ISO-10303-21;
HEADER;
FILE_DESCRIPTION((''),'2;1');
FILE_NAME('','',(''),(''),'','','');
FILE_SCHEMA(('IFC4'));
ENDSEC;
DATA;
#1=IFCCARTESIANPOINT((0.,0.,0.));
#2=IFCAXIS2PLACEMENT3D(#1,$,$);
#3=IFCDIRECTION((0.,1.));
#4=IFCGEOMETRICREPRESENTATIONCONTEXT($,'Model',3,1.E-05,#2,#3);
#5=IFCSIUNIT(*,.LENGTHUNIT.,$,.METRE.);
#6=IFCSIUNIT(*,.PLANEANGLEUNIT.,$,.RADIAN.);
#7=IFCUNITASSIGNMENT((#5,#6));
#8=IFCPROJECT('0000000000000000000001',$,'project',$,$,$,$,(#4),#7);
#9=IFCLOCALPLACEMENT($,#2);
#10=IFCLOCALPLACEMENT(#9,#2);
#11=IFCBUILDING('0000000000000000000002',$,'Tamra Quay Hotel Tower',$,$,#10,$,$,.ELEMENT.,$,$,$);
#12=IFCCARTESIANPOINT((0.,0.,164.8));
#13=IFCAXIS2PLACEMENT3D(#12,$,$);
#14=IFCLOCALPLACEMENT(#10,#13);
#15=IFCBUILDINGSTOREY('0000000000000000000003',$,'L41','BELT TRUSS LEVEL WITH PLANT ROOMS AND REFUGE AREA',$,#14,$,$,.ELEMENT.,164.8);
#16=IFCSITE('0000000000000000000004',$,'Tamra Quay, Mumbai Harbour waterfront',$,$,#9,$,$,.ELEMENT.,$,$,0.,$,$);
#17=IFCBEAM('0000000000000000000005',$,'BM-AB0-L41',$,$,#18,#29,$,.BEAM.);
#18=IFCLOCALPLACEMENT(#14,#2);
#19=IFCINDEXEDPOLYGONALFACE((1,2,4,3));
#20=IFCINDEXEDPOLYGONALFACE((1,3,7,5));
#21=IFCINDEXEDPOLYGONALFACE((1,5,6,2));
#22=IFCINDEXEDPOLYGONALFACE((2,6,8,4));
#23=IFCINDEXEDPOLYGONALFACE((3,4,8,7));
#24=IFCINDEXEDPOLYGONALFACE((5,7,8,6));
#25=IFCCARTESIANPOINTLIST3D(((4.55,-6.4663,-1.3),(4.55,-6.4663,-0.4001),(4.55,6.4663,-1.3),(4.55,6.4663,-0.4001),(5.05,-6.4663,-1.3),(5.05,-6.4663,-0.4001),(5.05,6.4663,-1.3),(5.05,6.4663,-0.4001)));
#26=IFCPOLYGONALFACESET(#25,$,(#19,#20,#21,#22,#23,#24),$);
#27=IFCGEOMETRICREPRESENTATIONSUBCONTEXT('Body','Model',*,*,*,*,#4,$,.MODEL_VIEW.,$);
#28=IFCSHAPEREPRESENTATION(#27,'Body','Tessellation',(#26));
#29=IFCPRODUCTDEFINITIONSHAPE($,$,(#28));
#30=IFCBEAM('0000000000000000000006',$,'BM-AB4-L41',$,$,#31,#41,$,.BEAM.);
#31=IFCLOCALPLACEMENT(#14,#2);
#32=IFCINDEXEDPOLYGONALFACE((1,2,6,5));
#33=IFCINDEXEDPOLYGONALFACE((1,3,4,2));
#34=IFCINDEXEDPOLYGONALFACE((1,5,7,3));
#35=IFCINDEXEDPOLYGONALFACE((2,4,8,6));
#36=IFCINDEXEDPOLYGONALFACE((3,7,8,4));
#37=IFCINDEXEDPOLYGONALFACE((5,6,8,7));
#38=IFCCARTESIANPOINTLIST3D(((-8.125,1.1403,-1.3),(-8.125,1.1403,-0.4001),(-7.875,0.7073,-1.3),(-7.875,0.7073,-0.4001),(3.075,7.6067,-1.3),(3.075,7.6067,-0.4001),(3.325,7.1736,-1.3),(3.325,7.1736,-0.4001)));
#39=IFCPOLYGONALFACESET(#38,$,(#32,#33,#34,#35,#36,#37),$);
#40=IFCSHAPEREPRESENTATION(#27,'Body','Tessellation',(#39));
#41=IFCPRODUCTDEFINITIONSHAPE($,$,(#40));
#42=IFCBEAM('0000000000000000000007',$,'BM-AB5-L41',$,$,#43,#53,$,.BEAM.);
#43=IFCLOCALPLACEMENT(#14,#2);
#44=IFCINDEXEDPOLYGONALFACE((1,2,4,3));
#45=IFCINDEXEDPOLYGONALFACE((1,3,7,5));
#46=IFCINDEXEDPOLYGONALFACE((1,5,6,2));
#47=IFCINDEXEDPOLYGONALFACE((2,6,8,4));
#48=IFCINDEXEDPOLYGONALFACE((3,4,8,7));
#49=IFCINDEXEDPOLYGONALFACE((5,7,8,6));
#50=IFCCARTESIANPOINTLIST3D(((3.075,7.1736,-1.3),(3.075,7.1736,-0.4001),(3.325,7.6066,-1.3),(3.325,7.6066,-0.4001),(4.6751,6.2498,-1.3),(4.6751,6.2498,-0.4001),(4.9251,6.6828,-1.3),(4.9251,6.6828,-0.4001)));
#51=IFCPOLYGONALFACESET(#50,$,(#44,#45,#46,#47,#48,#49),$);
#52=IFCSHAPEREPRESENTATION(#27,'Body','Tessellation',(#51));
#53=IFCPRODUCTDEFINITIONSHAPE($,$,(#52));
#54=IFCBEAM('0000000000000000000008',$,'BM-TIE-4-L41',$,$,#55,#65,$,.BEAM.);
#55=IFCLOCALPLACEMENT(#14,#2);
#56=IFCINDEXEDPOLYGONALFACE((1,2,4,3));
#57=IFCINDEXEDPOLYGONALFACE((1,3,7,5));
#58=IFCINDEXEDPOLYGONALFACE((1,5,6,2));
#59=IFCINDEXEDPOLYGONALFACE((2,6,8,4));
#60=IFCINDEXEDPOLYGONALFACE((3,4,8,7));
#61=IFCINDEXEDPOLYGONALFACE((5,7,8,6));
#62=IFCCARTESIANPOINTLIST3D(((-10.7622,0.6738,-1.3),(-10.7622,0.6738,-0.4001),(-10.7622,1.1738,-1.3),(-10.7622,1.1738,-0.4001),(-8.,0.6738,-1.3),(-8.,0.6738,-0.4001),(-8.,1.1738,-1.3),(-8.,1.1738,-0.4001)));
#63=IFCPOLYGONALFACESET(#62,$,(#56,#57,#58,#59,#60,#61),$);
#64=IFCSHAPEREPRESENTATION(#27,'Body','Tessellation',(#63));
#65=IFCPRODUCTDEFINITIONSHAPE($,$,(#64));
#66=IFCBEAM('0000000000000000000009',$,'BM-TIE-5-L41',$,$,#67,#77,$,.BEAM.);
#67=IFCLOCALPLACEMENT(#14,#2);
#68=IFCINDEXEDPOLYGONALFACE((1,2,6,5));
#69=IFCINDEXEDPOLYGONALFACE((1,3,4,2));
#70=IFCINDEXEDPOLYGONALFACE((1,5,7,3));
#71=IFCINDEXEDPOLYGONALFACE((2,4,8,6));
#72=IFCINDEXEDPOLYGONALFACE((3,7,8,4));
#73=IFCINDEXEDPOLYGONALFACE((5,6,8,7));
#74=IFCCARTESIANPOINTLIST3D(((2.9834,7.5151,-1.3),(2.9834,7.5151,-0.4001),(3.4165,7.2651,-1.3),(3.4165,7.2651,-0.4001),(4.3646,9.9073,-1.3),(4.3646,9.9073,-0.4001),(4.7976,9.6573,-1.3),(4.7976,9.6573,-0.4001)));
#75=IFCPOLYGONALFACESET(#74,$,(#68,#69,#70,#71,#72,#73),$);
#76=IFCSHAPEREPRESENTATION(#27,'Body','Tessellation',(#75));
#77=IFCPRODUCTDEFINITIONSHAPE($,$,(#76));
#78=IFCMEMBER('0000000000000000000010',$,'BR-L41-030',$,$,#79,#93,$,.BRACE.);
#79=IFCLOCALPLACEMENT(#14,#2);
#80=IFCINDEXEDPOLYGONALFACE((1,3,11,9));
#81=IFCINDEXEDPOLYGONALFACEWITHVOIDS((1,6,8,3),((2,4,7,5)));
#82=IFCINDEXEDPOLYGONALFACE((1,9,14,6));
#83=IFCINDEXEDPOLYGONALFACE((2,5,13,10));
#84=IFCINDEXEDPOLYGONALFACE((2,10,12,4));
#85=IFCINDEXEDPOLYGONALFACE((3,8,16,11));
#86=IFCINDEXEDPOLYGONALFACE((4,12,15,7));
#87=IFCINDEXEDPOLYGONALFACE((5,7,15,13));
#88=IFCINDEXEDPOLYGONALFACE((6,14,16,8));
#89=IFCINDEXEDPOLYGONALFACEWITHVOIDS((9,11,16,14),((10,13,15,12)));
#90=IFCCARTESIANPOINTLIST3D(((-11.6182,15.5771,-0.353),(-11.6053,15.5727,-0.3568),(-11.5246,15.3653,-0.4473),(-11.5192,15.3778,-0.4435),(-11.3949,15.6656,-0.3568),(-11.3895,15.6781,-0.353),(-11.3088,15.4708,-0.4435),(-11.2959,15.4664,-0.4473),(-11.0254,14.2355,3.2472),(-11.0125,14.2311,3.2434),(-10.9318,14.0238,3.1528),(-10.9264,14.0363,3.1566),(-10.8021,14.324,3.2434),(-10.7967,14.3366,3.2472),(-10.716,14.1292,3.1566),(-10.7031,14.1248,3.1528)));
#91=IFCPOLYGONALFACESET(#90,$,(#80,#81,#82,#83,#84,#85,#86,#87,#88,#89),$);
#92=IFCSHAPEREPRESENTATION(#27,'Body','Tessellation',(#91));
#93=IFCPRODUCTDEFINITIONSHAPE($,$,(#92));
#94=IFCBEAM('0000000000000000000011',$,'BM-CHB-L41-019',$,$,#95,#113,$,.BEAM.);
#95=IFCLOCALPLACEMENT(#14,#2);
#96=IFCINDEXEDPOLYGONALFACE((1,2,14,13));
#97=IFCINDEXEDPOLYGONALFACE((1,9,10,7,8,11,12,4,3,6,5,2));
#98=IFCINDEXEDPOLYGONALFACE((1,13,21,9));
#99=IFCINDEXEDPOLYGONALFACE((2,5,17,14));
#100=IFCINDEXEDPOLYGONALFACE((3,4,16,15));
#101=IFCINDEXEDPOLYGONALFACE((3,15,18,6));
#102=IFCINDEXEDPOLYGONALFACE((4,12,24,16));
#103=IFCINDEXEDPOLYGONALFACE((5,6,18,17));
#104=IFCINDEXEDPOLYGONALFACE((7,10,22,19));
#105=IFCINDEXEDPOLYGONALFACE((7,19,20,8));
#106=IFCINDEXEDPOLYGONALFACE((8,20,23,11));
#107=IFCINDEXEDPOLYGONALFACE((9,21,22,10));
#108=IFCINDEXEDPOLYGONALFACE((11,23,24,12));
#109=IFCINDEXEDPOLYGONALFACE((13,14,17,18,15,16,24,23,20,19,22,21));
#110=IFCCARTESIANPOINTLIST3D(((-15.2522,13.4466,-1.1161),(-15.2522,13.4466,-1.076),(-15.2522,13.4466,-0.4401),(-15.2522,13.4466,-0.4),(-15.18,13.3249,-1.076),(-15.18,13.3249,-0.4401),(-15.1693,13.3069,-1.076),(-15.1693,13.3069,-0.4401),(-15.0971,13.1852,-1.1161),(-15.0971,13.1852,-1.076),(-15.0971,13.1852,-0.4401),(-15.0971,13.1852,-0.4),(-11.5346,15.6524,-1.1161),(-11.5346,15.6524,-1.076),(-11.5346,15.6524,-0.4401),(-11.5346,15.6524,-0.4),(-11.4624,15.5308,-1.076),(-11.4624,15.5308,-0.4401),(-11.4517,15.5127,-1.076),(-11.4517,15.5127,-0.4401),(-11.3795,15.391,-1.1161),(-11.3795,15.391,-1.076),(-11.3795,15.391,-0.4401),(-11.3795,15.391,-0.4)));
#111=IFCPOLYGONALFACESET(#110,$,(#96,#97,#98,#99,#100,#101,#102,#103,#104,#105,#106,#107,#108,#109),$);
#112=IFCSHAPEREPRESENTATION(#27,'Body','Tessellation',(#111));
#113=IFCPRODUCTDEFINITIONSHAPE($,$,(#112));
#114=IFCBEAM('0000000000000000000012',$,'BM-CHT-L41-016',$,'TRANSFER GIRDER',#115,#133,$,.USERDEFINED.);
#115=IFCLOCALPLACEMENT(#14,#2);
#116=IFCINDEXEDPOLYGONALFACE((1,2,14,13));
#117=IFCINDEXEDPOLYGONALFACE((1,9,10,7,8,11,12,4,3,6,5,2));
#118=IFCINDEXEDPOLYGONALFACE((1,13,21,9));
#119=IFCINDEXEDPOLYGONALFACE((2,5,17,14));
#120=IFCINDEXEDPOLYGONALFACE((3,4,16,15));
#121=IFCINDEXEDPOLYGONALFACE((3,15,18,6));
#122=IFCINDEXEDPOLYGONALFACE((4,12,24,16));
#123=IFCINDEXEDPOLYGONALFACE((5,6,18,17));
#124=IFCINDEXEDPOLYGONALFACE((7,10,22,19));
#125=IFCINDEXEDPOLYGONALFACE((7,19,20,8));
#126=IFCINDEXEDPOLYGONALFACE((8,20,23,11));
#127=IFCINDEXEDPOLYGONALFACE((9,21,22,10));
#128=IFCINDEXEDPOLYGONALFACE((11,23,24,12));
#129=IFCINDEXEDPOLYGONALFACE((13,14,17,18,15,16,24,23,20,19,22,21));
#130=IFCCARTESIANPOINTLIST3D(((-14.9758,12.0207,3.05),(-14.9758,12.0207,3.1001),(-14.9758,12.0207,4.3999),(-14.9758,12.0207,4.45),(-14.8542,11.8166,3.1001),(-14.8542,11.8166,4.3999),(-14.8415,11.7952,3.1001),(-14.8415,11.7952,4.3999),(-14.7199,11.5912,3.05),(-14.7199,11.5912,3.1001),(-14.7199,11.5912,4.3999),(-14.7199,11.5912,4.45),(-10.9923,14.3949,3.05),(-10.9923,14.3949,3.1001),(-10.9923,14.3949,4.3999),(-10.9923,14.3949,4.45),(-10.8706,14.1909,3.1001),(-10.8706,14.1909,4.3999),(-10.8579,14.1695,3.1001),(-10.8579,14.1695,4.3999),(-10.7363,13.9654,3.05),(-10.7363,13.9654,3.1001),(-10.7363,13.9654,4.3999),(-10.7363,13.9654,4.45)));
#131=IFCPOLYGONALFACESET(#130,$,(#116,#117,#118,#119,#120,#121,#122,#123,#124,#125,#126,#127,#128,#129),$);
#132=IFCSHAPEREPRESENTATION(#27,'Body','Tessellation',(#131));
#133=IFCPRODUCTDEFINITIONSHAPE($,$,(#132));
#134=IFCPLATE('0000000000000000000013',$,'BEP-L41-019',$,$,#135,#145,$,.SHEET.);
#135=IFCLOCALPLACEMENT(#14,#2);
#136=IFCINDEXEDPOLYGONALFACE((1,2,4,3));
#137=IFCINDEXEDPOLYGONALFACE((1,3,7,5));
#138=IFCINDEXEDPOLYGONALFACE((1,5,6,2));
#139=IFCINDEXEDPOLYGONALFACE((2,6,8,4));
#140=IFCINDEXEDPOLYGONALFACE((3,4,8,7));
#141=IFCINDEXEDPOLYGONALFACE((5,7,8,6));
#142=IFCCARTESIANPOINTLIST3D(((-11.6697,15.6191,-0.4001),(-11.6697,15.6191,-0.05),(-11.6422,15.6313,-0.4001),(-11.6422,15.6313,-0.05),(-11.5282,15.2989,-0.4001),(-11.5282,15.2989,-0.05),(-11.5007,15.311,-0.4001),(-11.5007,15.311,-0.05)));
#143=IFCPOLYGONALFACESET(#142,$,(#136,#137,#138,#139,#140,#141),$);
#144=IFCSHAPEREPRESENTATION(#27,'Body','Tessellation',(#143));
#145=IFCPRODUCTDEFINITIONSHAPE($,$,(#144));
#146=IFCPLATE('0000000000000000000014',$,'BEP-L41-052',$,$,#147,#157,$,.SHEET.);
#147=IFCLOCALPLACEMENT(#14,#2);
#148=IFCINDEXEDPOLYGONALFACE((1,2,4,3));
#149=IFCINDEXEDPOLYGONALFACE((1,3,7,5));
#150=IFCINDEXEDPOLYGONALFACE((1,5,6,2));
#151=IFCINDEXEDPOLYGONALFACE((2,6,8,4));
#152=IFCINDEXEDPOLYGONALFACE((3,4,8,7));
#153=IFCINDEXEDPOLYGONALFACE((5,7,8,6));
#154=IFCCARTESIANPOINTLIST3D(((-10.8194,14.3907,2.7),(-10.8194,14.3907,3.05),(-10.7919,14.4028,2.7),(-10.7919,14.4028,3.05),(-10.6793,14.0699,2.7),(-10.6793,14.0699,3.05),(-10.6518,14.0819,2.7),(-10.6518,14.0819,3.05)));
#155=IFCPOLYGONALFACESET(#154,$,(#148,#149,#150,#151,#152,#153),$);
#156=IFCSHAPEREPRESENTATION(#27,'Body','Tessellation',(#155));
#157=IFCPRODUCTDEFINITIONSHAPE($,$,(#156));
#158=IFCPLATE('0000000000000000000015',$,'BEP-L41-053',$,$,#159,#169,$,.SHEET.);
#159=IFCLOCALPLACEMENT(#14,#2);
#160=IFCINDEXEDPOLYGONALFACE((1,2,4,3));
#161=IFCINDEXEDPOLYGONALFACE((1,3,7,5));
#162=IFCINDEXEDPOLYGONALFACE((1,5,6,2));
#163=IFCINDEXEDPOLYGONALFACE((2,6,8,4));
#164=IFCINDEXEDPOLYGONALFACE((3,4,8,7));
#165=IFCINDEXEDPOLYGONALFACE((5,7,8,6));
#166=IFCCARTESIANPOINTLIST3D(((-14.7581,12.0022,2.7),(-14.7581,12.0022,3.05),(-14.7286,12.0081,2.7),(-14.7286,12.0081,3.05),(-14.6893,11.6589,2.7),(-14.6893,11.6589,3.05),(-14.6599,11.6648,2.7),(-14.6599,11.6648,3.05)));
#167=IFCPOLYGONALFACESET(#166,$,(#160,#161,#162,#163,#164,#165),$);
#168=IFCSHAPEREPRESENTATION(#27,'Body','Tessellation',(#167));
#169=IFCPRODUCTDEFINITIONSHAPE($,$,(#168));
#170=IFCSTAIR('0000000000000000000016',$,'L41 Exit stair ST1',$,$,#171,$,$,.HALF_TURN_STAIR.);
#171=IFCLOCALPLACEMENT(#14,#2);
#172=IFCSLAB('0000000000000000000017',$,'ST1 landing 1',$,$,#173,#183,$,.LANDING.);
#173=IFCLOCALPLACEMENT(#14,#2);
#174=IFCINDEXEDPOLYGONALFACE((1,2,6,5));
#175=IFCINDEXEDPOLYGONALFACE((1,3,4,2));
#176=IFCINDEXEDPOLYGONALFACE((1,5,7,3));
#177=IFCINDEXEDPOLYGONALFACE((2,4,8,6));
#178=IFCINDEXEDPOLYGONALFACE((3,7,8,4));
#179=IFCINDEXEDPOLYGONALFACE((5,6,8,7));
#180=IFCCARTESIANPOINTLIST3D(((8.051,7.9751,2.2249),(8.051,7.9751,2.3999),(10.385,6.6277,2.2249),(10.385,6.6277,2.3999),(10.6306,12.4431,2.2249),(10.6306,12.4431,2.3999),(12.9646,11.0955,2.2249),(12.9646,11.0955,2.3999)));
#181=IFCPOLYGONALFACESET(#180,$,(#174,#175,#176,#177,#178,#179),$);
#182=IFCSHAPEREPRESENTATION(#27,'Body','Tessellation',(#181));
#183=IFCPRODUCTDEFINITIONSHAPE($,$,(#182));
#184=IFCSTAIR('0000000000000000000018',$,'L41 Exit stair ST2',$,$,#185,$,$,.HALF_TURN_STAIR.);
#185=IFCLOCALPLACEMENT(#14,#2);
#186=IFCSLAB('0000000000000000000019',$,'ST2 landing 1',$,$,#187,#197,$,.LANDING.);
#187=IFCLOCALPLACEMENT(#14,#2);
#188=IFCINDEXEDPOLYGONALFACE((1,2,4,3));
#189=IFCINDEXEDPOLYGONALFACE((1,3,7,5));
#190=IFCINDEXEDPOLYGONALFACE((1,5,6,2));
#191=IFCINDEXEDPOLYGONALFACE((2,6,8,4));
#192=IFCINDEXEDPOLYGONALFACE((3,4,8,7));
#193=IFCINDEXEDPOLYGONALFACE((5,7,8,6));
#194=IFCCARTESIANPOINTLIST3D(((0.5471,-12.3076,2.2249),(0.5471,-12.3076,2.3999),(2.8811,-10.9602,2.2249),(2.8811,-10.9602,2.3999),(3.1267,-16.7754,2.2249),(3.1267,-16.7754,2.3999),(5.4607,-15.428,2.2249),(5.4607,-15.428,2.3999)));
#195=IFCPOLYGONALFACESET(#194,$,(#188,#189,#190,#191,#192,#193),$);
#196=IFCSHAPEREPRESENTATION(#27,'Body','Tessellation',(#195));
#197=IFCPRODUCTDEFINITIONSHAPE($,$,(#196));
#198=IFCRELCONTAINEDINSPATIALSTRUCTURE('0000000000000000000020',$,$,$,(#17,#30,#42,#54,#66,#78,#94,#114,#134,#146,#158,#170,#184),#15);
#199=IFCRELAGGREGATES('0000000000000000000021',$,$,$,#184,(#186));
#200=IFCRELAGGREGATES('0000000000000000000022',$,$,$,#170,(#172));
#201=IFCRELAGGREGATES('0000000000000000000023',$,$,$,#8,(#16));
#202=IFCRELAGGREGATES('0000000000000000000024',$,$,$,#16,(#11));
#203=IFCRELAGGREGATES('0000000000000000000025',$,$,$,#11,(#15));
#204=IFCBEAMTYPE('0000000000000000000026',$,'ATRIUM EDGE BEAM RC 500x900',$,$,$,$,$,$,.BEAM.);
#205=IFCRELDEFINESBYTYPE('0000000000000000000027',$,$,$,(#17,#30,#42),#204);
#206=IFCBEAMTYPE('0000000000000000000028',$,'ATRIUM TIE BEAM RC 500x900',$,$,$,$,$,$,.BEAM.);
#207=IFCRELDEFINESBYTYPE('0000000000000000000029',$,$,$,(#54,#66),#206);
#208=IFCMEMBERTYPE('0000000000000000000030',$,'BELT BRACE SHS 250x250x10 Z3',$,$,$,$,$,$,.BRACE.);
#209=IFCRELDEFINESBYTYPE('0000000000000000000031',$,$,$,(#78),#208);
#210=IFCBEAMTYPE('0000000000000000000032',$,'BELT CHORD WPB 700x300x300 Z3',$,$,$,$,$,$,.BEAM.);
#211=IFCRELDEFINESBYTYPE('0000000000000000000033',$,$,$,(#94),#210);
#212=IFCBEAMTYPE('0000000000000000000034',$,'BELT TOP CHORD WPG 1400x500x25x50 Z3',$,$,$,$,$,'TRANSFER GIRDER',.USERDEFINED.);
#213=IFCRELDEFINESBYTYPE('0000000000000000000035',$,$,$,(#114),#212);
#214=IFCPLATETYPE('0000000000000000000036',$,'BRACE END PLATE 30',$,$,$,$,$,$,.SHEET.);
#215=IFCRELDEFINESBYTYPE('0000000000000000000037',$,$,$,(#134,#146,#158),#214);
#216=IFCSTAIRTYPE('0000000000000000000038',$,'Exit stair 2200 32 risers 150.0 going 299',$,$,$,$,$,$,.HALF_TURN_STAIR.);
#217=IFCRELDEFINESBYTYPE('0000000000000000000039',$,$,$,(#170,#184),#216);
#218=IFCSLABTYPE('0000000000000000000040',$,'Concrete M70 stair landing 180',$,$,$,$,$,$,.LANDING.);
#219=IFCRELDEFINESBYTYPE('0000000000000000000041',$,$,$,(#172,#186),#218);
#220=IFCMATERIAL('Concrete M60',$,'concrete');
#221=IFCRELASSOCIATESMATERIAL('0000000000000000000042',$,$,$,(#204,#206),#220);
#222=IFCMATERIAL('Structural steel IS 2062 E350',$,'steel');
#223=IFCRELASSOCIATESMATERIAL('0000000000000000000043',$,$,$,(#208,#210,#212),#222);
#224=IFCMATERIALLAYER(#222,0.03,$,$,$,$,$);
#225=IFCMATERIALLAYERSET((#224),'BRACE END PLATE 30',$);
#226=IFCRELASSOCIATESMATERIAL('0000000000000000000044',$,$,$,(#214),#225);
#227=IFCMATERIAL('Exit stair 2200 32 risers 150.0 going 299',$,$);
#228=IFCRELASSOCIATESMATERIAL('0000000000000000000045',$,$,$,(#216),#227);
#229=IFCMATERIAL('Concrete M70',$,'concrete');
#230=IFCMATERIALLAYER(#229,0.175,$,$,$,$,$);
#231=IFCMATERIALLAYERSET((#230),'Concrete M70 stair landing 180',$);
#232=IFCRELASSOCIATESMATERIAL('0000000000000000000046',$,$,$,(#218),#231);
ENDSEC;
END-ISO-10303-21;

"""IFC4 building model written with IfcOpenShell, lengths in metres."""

from ifc_helpers import new_model, si_unit, direction, frame, origin, origin_2d, place, context, subcontext, project, spatial, polyline, rectangle, hollow_rectangle, i_section, outline, extrude, material, layer, layer_set, material_profile, profile_set, type_object, element, aggregate, save


model = new_model("IFC4")

# Units and contexts
model_context = context("Model", 3, precision=1e-05, world=origin(), true_north=direction((0.0, 1.0)))
body_context = subcontext(model_context, "Body", "Model", "MODEL_VIEW")
ifc_project = project(units=[si_unit("LENGTHUNIT", "METRE"), si_unit("PLANEANGLEUNIT", "RADIAN")], contexts=[model_context])

# Site, building, storey
site_placement = place(None, origin())
site = spatial("IfcSite", under=ifc_project, at=site_placement, Name="Tamra Quay, Mumbai Harbour waterfront", CompositionType="ELEMENT", RefElevation=0.0)
building_placement = place(site_placement, origin())
building = spatial("IfcBuilding", under=site, at=building_placement, Name="Tamra Quay Hotel Tower", CompositionType="ELEMENT")
storey_placement = place(building_placement, frame((0.0, 0.0, 164.8)))
storey = spatial("IfcBuildingStorey", under=building, at=storey_placement, Name="L41", Description="BELT TRUSS LEVEL WITH PLANT ROOMS AND REFUGE AREA", CompositionType="ELEMENT", Elevation=164.8)

# Beams
ifc_material_1 = material(Name="Concrete M60", Category="concrete")
ifc_material_profile_1 = material_profile(ifc_material_1, rectangle(XDim=0.5, YDim=0.8999, at=origin_2d()), Name="ATRIUM EDGE BEAM RC 500x900")
ifc_profile_set_1 = profile_set([ifc_material_profile_1], Name="Concrete M60")
beam_type_1 = type_object("IfcBeamType", Name="ATRIUM EDGE BEAM RC 500x900", PredefinedType="BEAM", material=ifc_profile_set_1)
for number, where, z_axis, x_axis, name in (
    (1, (4.8, 6.4663, -0.8501), (0.0, -1.0, 0.0), (1.0, 0.0, 0.0), "BM-AB0-L41"),
    (2, (-8.0, 0.9238, -0.8501), (0.866025, 0.500001, 0.0), (-0.500001, 0.866025, 0.0), "BM-AB4-L41"),
):
    element("IfcBeam", number, at=place(storey_placement, frame(where, z_axis=z_axis, x_axis=x_axis)), inside=storey, type_object=beam_type_1, Name=name, PredefinedType="BEAM", context=body_context, shape_type="SweptSolid", body=[
        extrude(rectangle(XDim=0.5, YDim=0.8999, at=origin_2d()), origin(), (0.0, 0.0, 1.0), 12.9326),
    ])
beam_1_placement = place(storey_placement, frame((3.2, 7.3901, -0.8501), z_axis=(0.866023, -0.500005, 0.0), x_axis=(0.500005, 0.866023, 0.0)))
element("IfcBeam", 3, at=beam_1_placement, inside=storey, type_object=beam_type_1, Name="BM-AB5-L41", PredefinedType="BEAM", context=body_context, shape_type="SweptSolid", body=[
    extrude(rectangle(XDim=0.5, YDim=0.8999, at=origin_2d()), origin(), (0.0, 0.0, 1.0), 1.8477),
])
ifc_material_profile_2 = material_profile(ifc_material_1, rectangle(XDim=0.5, YDim=0.8999, at=origin_2d()), Name="ATRIUM TIE BEAM RC 500x900")
ifc_profile_set_2 = profile_set([ifc_material_profile_2], Name="Concrete M60")
beam_type_2 = type_object("IfcBeamType", Name="ATRIUM TIE BEAM RC 500x900", PredefinedType="BEAM", material=ifc_profile_set_2)
for number, where, z_axis, x_axis, name in (
    (4, (-8.0, 0.9238, -0.8501), (-1.0, 0.0, 0.0), (0.0, -1.0, 0.0), "BM-TIE-4-L41"),
    (5, (3.2, 7.3901, -0.8501), (0.500008, 0.866021, 0.0), (-0.866021, 0.500008, 0.0), "BM-TIE-5-L41"),
):
    element("IfcBeam", number, at=place(storey_placement, frame(where, z_axis=z_axis, x_axis=x_axis)), inside=storey, type_object=beam_type_2, Name=name, PredefinedType="BEAM", context=body_context, shape_type="SweptSolid", body=[
        extrude(rectangle(XDim=0.5, YDim=0.8999, at=origin_2d()), origin(), (0.0, 0.0, 1.0), 2.7622),
    ])

# Member
ifc_material_2 = material(Name="Structural steel IS 2062 E350", Category="steel")
ifc_material_profile_3 = material_profile(ifc_material_2, hollow_rectangle(XDim=0.25, YDim=0.25, WallThickness=0.01, at=origin_2d()), Name="SHS 250x250x10")
ifc_profile_set_3 = profile_set([ifc_material_profile_3], Name="Structural steel IS 2062 E350")
member_type = type_object("IfcMemberType", Name="BELT BRACE SHS 250x250x10 Z3", PredefinedType="BRACE", material=ifc_profile_set_3)
member_placement = place(storey_placement, frame((-11.457, 15.5217, -0.4001), z_axis=(0.152486, -0.345103, 0.926095), x_axis=(0.914688, 0.404161, 0.0)))
element("IfcMember", 6, at=member_placement, inside=storey, type_object=member_type, Name="BR-L41-030", PredefinedType="BRACE", context=body_context, shape_type="SweptSolid", body=[
    extrude(hollow_rectangle(XDim=0.25, YDim=0.25, WallThickness=0.01, at=origin_2d()), origin(), (0.0, 0.0, 1.0), 3.8875),
])

# Beams
ifc_material_profile_4 = material_profile(ifc_material_2, i_section(OverallWidth=0.304, OverallDepth=0.7161, WebThickness=0.021, FlangeThickness=0.04, at=origin_2d()), Name="WPB 700x300x300")
ifc_profile_set_4 = profile_set([ifc_material_profile_4], Name="Structural steel IS 2062 E350")
beam_type_3 = type_object("IfcBeamType", Name="BELT CHORD WPB 700x300x300 Z3", PredefinedType="BEAM", material=ifc_profile_set_4)
beam_2_placement = place(storey_placement, frame((-11.457, 15.5217, -0.7581), z_axis=(-0.860004, -0.510287, 0.0), x_axis=(0.510287, -0.860004, 0.0)))
element("IfcBeam", 7, at=beam_2_placement, inside=storey, type_object=beam_type_3, Name="BM-CHB-L41-019", PredefinedType="BEAM", context=body_context, shape_type="SweptSolid", body=[
    extrude(i_section(OverallWidth=0.304, OverallDepth=0.7161, WebThickness=0.021, FlangeThickness=0.04, at=origin_2d()), origin(), (0.0, 0.0, 1.0), 4.3228),
])
ifc_material_profile_5 = material_profile(ifc_material_2, i_section(OverallWidth=0.5, OverallDepth=1.3999, WebThickness=0.0249, FlangeThickness=0.05, at=origin_2d()), Name="WPG 1400x500x25x50")
ifc_profile_set_5 = profile_set([ifc_material_profile_5], Name="Structural steel IS 2062 E350")
beam_type_4 = type_object("IfcBeamType", Name="BELT TOP CHORD WPG 1400x500x25x50 Z3", ElementType="TRANSFER GIRDER", PredefinedType="USERDEFINED", material=ifc_profile_set_5)
beam_3_placement = place(storey_placement, frame((-10.8643, 14.1802, 3.75), z_axis=(-0.859004, -0.51197, 0.0), x_axis=(0.51197, -0.859004, 0.0)))
element("IfcBeam", 8, at=beam_3_placement, inside=storey, type_object=beam_type_4, Name="BM-CHT-L41-016", ObjectType="TRANSFER GIRDER", PredefinedType="USERDEFINED", context=body_context, shape_type="SweptSolid", body=[
    extrude(i_section(OverallWidth=0.5, OverallDepth=1.3999, WebThickness=0.0249, FlangeThickness=0.05, at=origin_2d()), origin(), (0.0, 0.0, 1.0), 4.6375),
])

# Plates
ifc_layer_1 = layer(ifc_material_2, 0.03)
ifc_layer_set_1 = layer_set([ifc_layer_1], Name="BRACE END PLATE 30")
plate_type = type_object("IfcPlateType", Name="BRACE END PLATE 30", PredefinedType="SHEET", material=ifc_layer_set_1)
for number, where, z_axis, x_axis, name in (
    (9, (-11.5852, 15.4651, -0.4001), (0.0, 0.0, 1.0), (0.914723, 0.404082, 0.0), "BEP-L41-019"),
    (10, (-10.7356, 14.2363, 2.7), (0.0, 0.0, 1.0), (0.91646, 0.400127, 0.0), "BEP-L41-052"),
    (11, (-14.709, 11.8335, 2.7), (0.0, 0.0, 1.0), (0.980537, 0.196336, 0.0), "BEP-L41-053"),
):
    element("IfcPlate", number, at=place(storey_placement, frame(where, z_axis=z_axis, x_axis=x_axis)), inside=storey, type_object=plate_type, Name=name, PredefinedType="SHEET", context=body_context, shape_type="SweptSolid", body=[
        extrude(rectangle(XDim=0.03, YDim=0.3501, at=origin_2d()), origin(), (0.0, 0.0, 1.0), 0.3501),
    ])

# Stairs, slabs
ifc_material_3 = material(Name="Exit stair 2200 32 risers 150.0 going 299")
stair_type = type_object("IfcStairType", Name="Exit stair 2200 32 risers 150.0 going 299", PredefinedType="HALF_TURN_STAIR", material=ifc_material_3)
stair_1_placement = place(storey_placement, origin())
stair_1 = element("IfcStair", 12, at=stair_1_placement, inside=storey, type_object=stair_type, Name="L41 Exit stair ST1", PredefinedType="HALF_TURN_STAIR")
ifc_material_4 = material(Name="Concrete M70", Category="concrete")
ifc_layer_2 = layer(ifc_material_4, 0.175)
ifc_layer_set_2 = layer_set([ifc_layer_2], Name="Concrete M70 stair landing 180")
slab_type = type_object("IfcSlabType", Name="Concrete M70 stair landing 180", PredefinedType="LANDING", material=ifc_layer_set_2)
slab_1_placement = place(storey_placement, frame((0.0, 0.0, 2.2249)))
slab_1 = element("IfcSlab", 13, at=slab_1_placement, type_object=slab_type, Name="ST1 landing 1", PredefinedType="LANDING", context=body_context, shape_type="SweptSolid", body=[
    extrude(outline(polyline([(8.051, 7.9751), (10.385, 6.6277), (12.9646, 11.0955), (10.6306, 12.4431), (8.051, 7.9751)])), origin(), (0.0, 0.0, 1.0), 0.175),
])
stair_2_placement = place(storey_placement, origin())
stair_2 = element("IfcStair", 14, at=stair_2_placement, inside=storey, type_object=stair_type, Name="L41 Exit stair ST2", PredefinedType="HALF_TURN_STAIR")
slab_2_placement = place(storey_placement, frame((0.0, 0.0, 2.2249)))
slab_2 = element("IfcSlab", 15, at=slab_2_placement, type_object=slab_type, Name="ST2 landing 1", PredefinedType="LANDING", context=body_context, shape_type="SweptSolid", body=[
    extrude(outline(polyline([(2.8811, -10.9602), (0.5471, -12.3076), (3.1267, -16.7754), (5.4607, -15.428), (2.8811, -10.9602)])), origin(), (0.0, 0.0, 1.0), 0.175),
])
aggregate(stair_2, [slab_2])

aggregate(stair_1, [slab_1])

save(model, "model.ifc")
